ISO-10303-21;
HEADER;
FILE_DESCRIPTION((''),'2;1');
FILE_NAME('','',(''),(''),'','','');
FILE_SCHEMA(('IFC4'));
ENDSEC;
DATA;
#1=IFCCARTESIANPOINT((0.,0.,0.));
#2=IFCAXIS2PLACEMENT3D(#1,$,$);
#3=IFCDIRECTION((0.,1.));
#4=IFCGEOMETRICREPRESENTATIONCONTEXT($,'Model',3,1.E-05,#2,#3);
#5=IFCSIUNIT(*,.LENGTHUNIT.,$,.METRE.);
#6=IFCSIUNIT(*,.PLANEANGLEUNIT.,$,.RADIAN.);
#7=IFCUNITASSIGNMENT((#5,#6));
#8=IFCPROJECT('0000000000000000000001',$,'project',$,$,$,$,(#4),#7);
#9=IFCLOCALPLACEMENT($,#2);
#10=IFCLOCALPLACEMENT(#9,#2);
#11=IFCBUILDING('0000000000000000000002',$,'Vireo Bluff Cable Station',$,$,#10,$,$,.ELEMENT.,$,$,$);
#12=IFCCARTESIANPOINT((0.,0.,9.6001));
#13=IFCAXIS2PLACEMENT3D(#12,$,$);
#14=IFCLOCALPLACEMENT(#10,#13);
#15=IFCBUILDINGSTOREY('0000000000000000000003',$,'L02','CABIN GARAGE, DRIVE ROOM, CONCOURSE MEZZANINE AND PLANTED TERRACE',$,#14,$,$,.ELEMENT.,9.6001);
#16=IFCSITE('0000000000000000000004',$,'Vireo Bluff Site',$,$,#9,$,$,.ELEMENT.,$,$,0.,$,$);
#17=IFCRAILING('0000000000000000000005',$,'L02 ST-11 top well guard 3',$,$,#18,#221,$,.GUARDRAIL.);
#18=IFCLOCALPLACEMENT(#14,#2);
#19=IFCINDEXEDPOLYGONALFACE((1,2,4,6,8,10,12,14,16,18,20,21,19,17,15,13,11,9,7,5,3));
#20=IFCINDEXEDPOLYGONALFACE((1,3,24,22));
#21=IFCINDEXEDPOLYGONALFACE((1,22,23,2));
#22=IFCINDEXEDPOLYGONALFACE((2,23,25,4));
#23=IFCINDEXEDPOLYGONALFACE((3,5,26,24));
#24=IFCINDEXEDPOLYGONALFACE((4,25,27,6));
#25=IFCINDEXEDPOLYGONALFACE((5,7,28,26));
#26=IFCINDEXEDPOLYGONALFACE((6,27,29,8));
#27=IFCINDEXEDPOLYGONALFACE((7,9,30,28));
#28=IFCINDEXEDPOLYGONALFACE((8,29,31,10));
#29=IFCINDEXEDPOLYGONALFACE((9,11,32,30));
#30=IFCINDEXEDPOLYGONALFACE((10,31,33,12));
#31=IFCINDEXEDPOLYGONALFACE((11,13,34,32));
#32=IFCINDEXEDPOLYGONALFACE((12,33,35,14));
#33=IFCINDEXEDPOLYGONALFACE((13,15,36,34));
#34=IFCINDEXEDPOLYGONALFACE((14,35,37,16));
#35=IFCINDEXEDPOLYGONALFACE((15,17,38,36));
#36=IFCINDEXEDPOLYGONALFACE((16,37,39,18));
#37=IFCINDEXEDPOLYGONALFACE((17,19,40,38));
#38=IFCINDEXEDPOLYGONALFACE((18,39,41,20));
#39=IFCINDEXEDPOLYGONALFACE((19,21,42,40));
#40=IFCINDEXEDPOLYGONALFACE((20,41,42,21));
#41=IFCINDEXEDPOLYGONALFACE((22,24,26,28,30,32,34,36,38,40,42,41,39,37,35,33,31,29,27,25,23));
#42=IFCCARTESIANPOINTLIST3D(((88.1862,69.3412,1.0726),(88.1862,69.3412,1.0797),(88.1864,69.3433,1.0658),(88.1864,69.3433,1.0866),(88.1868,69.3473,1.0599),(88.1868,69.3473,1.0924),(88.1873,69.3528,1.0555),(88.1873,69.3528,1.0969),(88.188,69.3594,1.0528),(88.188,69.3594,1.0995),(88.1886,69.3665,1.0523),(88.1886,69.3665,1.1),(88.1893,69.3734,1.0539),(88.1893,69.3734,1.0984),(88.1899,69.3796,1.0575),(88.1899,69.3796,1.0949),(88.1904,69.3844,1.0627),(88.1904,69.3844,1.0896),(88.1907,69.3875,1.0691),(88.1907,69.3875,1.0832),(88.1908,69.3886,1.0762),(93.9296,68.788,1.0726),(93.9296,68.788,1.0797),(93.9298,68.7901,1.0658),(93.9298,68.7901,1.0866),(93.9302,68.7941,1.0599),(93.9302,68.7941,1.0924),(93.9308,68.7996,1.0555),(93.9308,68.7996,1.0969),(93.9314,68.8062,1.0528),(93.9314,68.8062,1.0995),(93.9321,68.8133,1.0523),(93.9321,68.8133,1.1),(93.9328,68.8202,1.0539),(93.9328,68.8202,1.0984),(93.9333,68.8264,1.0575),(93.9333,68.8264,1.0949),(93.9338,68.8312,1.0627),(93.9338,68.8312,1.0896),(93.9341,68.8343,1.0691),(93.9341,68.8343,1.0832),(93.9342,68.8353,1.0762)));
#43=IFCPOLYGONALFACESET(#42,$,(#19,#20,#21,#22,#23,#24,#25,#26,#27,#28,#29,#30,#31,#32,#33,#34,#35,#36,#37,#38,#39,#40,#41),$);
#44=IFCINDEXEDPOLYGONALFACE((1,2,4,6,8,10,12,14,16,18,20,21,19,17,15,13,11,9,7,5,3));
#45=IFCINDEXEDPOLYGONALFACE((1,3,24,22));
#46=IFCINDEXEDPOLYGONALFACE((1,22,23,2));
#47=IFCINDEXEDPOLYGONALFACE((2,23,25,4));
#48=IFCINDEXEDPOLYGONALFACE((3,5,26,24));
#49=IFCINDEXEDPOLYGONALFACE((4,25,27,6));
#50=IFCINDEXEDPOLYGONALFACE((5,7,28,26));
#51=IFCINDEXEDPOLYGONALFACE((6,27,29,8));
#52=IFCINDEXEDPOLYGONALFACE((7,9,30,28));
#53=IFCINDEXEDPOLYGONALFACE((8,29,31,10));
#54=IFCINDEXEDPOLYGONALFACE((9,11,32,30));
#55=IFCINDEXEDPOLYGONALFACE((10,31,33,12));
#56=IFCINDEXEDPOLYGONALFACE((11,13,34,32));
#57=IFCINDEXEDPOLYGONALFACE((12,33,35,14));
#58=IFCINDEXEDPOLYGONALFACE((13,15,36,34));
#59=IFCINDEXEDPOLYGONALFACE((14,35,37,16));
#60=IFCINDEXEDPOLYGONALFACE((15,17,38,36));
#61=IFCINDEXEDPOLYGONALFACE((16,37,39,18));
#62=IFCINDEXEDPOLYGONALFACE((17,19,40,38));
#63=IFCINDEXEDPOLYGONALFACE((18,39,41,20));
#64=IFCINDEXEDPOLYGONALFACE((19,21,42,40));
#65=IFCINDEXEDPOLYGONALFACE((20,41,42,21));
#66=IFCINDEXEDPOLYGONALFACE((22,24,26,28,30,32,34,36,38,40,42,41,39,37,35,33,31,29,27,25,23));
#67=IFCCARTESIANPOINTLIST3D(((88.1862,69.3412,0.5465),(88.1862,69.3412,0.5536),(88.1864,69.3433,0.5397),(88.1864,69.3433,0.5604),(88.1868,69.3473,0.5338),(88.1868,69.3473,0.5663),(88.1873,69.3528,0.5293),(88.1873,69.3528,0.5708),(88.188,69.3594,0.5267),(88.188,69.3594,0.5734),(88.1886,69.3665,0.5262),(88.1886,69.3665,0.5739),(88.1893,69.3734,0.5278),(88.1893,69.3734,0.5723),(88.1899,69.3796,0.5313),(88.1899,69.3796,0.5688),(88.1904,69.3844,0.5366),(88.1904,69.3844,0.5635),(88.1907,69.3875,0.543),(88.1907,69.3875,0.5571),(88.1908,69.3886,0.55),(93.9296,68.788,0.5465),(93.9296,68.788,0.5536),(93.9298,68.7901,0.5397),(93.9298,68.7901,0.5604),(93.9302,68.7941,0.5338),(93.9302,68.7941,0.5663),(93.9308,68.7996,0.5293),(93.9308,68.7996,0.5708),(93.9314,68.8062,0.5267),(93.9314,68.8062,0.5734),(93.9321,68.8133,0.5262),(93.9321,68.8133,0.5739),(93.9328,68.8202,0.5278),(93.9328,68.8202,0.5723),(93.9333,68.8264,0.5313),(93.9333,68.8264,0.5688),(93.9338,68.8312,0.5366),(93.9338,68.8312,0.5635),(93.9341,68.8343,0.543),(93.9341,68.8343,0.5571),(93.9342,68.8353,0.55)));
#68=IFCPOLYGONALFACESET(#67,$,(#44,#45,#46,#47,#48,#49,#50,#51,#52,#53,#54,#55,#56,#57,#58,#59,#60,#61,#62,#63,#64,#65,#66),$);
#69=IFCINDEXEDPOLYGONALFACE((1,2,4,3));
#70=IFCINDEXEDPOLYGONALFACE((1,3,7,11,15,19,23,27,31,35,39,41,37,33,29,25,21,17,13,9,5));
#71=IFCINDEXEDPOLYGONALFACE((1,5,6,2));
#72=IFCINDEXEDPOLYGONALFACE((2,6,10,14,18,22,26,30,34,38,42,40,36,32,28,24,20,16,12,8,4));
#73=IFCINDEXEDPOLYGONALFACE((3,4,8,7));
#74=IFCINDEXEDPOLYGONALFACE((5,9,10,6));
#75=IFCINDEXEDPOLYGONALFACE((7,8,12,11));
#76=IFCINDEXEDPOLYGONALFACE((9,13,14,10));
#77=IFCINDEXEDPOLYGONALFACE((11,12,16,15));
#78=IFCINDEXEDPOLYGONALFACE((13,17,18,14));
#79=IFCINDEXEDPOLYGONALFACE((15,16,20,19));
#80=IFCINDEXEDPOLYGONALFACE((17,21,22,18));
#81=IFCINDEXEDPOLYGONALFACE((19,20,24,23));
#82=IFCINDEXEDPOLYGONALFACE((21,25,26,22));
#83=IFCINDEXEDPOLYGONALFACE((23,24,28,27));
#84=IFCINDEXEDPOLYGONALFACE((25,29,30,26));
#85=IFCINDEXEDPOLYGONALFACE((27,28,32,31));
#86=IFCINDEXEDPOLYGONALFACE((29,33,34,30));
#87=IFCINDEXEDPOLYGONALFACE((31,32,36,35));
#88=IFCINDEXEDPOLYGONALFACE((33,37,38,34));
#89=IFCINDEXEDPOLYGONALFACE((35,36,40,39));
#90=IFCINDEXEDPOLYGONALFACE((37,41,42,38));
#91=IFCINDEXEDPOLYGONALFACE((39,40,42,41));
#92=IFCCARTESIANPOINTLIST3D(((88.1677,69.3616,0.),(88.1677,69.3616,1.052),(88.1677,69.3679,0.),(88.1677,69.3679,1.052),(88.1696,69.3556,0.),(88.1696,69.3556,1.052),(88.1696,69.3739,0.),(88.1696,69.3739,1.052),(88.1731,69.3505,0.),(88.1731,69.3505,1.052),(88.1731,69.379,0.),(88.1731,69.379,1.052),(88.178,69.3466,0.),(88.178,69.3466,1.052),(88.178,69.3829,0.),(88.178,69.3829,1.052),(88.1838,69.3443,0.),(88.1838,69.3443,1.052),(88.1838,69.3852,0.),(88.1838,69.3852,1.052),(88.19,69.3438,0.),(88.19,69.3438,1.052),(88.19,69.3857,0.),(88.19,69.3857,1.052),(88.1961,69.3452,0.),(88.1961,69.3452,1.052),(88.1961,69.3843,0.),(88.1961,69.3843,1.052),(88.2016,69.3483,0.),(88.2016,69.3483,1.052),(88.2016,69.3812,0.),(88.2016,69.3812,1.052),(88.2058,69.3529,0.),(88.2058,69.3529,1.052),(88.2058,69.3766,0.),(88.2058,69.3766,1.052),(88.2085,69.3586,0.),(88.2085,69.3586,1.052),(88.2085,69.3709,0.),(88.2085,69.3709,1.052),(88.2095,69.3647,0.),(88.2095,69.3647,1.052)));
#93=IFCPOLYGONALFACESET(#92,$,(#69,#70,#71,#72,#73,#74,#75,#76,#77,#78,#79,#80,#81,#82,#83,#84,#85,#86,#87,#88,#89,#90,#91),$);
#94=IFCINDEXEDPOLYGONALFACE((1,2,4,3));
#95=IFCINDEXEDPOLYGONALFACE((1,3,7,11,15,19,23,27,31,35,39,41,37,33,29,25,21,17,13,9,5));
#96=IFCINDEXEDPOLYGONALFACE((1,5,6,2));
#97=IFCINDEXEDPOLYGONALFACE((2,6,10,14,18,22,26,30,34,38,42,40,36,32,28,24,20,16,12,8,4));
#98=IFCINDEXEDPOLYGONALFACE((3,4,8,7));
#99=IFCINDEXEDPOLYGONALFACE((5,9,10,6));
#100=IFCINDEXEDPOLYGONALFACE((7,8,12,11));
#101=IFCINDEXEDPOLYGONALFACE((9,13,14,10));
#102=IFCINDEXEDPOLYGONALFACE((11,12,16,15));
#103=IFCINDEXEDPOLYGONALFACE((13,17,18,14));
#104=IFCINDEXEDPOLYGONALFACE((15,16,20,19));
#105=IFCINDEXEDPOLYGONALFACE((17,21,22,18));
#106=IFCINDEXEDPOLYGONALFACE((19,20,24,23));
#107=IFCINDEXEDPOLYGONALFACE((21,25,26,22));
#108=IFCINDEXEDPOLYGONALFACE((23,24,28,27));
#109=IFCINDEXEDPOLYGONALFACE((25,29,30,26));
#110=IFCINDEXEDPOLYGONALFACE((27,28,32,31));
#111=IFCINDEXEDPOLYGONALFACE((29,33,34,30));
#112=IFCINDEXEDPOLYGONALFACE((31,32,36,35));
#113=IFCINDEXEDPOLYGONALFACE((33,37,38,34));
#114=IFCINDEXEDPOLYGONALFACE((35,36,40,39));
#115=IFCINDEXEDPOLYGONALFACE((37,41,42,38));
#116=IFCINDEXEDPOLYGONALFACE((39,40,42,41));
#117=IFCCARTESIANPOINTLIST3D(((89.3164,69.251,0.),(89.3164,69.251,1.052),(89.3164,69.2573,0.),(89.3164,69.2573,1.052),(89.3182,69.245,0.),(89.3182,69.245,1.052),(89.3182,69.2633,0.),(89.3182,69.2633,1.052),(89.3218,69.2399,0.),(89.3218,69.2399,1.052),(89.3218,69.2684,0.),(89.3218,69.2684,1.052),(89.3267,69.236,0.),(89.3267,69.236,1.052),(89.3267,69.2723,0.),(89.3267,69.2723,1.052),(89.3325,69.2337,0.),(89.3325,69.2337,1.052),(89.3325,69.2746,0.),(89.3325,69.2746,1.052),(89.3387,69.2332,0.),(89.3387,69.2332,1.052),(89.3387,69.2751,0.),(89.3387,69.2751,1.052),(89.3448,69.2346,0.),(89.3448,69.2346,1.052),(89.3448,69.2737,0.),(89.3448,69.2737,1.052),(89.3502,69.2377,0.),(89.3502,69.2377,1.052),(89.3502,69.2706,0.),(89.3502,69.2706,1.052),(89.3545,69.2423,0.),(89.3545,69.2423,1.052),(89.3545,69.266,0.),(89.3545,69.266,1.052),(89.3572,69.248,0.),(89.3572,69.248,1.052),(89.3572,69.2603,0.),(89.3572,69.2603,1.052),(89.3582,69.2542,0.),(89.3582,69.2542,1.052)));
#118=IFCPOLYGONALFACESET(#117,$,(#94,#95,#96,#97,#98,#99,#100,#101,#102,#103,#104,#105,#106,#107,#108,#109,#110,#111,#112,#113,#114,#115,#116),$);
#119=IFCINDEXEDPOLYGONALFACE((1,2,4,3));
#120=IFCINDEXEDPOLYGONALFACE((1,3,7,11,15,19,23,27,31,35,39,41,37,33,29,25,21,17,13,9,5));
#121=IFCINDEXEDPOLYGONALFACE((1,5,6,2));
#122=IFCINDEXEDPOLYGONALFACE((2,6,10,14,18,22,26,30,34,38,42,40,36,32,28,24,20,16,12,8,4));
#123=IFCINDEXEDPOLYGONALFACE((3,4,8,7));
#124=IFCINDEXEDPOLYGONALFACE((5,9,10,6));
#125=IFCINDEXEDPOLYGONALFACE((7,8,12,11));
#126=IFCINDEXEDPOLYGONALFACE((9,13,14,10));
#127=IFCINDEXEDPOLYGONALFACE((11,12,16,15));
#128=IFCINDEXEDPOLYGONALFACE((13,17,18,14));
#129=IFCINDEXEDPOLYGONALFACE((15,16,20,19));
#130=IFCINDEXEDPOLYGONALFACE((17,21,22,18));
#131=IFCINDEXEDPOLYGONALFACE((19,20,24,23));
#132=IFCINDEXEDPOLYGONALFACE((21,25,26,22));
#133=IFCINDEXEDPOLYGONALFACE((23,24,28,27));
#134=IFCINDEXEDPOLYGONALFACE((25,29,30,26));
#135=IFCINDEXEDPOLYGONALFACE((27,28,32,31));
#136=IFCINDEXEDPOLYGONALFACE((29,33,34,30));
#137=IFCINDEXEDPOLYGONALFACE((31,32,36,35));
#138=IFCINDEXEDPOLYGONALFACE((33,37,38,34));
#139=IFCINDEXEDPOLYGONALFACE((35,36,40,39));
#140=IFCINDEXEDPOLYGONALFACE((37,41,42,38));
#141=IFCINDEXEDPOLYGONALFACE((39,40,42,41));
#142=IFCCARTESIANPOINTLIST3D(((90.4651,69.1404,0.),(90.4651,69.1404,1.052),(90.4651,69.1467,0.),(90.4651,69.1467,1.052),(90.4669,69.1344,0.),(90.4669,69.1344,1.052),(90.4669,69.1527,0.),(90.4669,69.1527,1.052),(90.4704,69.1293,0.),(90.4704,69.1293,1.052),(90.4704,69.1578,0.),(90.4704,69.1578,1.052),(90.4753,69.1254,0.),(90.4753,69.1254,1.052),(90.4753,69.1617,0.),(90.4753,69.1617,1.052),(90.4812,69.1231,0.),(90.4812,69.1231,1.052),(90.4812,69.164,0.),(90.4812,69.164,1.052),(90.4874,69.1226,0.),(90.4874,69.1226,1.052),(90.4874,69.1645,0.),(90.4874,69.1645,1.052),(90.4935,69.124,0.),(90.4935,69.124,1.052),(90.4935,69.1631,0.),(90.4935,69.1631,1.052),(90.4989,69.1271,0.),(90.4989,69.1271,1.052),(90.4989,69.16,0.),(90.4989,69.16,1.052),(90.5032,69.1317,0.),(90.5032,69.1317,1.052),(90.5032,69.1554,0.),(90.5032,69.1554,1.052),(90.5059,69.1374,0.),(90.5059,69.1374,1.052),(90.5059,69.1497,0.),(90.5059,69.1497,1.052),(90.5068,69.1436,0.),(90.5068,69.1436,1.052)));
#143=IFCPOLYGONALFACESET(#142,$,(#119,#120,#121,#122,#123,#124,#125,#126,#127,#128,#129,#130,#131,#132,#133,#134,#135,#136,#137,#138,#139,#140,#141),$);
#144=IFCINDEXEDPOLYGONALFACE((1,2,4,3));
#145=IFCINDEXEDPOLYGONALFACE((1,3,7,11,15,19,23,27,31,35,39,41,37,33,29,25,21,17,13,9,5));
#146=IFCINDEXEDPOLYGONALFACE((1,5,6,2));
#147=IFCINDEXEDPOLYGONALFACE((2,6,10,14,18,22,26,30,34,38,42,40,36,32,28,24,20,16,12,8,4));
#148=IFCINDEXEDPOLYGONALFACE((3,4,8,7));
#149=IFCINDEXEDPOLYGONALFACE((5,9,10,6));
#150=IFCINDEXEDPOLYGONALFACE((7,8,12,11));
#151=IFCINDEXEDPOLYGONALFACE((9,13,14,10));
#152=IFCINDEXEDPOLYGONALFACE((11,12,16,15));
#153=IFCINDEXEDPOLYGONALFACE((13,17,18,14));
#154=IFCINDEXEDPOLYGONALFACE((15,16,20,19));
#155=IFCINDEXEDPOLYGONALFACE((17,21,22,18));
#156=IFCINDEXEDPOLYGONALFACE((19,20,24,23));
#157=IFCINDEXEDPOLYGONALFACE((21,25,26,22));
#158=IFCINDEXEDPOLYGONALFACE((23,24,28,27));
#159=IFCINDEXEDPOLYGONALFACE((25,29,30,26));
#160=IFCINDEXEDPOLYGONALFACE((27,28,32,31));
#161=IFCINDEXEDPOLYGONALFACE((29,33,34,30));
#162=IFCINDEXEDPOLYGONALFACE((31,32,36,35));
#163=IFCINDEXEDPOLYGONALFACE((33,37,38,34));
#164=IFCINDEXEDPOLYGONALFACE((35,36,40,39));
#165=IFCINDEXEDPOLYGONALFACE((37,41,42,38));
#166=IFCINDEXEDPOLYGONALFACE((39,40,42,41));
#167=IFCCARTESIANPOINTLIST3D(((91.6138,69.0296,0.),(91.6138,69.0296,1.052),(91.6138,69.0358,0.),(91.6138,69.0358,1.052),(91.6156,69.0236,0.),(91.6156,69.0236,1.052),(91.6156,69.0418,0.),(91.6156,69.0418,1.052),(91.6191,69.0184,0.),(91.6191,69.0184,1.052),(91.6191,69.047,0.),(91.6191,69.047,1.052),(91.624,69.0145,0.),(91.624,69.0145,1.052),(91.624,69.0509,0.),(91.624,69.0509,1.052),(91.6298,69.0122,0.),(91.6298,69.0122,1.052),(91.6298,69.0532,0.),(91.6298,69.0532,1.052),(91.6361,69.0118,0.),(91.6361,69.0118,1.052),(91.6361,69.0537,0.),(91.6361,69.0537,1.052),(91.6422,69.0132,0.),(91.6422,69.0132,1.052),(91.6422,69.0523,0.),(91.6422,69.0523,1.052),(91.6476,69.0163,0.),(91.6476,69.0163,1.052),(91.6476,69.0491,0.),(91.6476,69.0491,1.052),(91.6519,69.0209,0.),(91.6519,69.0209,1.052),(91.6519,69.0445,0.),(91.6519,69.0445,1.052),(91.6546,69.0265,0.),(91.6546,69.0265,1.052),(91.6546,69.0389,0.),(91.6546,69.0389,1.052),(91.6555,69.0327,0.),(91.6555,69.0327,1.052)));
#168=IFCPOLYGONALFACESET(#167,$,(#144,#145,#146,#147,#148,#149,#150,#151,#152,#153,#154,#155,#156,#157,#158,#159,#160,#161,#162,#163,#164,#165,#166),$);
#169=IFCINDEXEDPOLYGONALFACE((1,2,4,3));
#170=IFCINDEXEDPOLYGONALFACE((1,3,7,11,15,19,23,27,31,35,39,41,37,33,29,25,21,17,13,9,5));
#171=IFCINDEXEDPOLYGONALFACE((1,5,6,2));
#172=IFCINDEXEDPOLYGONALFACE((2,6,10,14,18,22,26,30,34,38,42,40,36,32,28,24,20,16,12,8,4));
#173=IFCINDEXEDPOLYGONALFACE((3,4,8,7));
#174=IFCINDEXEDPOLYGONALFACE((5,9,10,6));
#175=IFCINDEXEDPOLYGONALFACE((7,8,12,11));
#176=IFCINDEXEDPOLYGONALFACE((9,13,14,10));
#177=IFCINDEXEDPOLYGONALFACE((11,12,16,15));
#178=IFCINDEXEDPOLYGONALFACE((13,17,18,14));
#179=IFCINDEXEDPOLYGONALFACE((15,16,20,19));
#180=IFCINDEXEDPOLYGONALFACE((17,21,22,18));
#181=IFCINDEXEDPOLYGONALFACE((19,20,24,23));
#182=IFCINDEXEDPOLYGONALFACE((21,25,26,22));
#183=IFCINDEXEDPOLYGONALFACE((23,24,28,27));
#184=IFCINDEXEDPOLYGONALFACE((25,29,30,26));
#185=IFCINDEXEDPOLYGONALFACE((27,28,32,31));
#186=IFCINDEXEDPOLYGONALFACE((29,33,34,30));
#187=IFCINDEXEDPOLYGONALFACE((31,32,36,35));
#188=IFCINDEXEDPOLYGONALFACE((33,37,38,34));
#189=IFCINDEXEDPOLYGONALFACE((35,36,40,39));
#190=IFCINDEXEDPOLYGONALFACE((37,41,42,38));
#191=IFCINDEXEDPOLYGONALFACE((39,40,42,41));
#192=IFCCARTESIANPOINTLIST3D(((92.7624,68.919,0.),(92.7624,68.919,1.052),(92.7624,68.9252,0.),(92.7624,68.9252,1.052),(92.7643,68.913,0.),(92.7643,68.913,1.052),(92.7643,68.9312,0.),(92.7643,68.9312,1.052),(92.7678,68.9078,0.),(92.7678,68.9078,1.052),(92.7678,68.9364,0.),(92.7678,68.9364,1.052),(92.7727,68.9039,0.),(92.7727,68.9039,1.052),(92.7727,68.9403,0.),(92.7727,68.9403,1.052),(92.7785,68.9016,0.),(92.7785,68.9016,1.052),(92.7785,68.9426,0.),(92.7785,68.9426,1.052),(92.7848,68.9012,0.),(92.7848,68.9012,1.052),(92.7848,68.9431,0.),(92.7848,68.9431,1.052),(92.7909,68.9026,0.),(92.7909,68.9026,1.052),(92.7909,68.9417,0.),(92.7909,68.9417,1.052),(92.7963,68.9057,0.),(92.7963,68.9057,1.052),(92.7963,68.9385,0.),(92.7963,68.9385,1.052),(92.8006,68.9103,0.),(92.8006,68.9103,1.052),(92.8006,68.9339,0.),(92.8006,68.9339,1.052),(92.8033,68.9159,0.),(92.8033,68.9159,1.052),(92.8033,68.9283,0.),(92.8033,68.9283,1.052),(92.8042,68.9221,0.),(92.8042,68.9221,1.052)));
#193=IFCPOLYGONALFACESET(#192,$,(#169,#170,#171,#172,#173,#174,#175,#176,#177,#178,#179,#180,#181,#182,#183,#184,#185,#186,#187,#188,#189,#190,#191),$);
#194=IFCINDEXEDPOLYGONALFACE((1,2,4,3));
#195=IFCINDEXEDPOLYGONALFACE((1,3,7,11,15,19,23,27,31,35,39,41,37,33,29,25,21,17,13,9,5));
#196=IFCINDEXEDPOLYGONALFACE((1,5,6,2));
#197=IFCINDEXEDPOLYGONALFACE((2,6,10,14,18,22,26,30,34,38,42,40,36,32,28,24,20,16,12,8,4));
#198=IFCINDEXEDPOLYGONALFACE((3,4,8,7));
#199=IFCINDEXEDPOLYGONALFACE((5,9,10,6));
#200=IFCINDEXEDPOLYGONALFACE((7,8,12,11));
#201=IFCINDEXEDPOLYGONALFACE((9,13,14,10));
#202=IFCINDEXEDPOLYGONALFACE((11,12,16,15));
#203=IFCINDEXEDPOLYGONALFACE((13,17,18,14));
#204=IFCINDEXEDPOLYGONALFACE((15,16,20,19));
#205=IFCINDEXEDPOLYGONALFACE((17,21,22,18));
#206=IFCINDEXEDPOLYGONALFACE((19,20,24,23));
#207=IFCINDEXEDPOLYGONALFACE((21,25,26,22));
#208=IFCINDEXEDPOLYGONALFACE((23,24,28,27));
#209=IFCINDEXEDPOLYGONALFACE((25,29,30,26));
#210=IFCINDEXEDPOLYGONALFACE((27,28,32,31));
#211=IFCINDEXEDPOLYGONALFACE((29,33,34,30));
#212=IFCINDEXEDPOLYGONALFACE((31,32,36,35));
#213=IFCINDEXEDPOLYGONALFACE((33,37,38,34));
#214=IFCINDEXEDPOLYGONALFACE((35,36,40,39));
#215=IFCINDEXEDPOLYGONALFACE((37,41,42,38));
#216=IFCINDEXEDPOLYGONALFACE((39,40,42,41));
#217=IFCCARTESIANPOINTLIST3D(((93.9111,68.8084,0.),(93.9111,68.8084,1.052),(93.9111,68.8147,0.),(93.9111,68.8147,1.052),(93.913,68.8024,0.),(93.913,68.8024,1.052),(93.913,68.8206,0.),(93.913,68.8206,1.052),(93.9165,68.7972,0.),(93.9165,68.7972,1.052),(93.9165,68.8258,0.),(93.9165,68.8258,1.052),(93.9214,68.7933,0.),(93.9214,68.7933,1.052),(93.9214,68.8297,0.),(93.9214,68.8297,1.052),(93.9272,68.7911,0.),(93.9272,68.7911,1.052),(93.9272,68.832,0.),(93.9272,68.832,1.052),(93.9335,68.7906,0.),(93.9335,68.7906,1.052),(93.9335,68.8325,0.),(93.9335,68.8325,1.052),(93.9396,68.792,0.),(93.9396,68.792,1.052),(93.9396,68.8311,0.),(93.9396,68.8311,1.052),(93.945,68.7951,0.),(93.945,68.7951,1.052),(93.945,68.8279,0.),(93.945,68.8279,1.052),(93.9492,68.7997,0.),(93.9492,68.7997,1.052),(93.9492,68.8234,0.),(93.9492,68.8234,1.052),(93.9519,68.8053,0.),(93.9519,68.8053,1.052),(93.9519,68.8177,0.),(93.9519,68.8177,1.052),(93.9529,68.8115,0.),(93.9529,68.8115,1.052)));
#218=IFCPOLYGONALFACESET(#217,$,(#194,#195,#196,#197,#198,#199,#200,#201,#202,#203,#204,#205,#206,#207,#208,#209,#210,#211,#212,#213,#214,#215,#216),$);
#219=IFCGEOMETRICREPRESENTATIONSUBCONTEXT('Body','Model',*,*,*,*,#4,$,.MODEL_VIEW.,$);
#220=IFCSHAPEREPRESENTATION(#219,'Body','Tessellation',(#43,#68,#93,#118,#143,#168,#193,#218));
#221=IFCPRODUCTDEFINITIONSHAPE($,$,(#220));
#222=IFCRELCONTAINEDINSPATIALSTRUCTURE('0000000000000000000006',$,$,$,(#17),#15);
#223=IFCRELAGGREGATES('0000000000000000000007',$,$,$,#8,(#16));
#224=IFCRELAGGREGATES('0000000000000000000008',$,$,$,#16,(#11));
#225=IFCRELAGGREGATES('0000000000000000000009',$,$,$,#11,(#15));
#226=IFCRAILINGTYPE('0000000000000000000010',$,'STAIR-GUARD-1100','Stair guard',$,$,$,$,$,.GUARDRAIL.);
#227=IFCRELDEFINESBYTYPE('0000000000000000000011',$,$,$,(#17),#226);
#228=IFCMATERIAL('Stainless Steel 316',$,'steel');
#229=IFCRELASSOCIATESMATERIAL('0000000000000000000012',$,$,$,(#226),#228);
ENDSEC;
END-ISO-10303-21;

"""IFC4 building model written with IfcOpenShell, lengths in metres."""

from ifc_helpers import new_model, si_unit, direction, frame, origin, origin_2d, place, context, subcontext, project, spatial, circle, extrude, material, type_object, element, save


model = new_model("IFC4")

# Units and contexts
model_context = context("Model", 3, precision=1e-05, world=origin(), true_north=direction((0.0, 1.0)))
body_context = subcontext(model_context, "Body", "Model", "MODEL_VIEW")
ifc_project = project(units=[si_unit("LENGTHUNIT", "METRE"), si_unit("PLANEANGLEUNIT", "RADIAN")], contexts=[model_context])

# Site, building, storey
site_placement = place(None, origin())
site = spatial("IfcSite", under=ifc_project, at=site_placement, Name="Vireo Bluff Site", CompositionType="ELEMENT", RefElevation=0.0)
building_placement = place(site_placement, origin())
building = spatial("IfcBuilding", under=site, at=building_placement, Name="Vireo Bluff Cable Station", CompositionType="ELEMENT")
storey_placement = place(building_placement, frame((0.0, 0.0, 9.6001)))
storey = spatial("IfcBuildingStorey", under=building, at=storey_placement, Name="L02", Description="CABIN GARAGE, DRIVE ROOM, CONCOURSE MEZZANINE AND PLANTED TERRACE", CompositionType="ELEMENT", Elevation=9.6001)

# Railing
ifc_material_1 = material(Name="Stainless Steel 316", Category="steel")
railing_type = type_object("IfcRailingType", Name="STAIR-GUARD-1100", Description="Stair guard", PredefinedType="GUARDRAIL", material=ifc_material_1)
railing_1_placement = place(storey_placement, frame((88.1885, 69.3647, 0.0)))
element("IfcRailing", 1, at=railing_1_placement, inside=storey, type_object=railing_type, Name="L02 ST-11 top well guard 3", PredefinedType="GUARDRAIL", context=body_context, shape_type="SweptSolid", body=[
    extrude(circle(Radius=0.0239, at=origin_2d()), frame((0.0, 0.0, 1.0762), z_axis=(0.995393, -0.095879, 0.0), x_axis=(0.095879, 0.995393, 0.0)), (0.0, 0.0, 1.0), 5.77),
    extrude(circle(Radius=0.0239, at=origin_2d()), frame((0.0, 0.0, 0.55), z_axis=(0.995393, -0.095879, 0.0), x_axis=(0.095879, 0.995393, 0.0)), (0.0, 0.0, 1.0), 5.77),
    extrude(circle(Radius=0.021, at=origin_2d()), origin(), (0.0, 0.0, 1.0), 1.052),
    extrude(circle(Radius=0.021, at=origin_2d()), frame((1.1487, -0.1106, 0.0)), (0.0, 0.0, 1.0), 1.052),
    extrude(circle(Radius=0.021, at=origin_2d()), frame((2.2974, -0.2212, 0.0)), (0.0, 0.0, 1.0), 1.052),
    extrude(circle(Radius=0.021, at=origin_2d()), frame((3.446, -0.332, 0.0)), (0.0, 0.0, 1.0), 1.052),
    extrude(circle(Radius=0.021, at=origin_2d()), frame((4.5947, -0.4426, 0.0)), (0.0, 0.0, 1.0), 1.052),
    extrude(circle(Radius=0.021, at=origin_2d()), frame((5.7434, -0.5532, 0.0)), (0.0, 0.0, 1.0), 1.052),
])

save(model, "model.ifc")
